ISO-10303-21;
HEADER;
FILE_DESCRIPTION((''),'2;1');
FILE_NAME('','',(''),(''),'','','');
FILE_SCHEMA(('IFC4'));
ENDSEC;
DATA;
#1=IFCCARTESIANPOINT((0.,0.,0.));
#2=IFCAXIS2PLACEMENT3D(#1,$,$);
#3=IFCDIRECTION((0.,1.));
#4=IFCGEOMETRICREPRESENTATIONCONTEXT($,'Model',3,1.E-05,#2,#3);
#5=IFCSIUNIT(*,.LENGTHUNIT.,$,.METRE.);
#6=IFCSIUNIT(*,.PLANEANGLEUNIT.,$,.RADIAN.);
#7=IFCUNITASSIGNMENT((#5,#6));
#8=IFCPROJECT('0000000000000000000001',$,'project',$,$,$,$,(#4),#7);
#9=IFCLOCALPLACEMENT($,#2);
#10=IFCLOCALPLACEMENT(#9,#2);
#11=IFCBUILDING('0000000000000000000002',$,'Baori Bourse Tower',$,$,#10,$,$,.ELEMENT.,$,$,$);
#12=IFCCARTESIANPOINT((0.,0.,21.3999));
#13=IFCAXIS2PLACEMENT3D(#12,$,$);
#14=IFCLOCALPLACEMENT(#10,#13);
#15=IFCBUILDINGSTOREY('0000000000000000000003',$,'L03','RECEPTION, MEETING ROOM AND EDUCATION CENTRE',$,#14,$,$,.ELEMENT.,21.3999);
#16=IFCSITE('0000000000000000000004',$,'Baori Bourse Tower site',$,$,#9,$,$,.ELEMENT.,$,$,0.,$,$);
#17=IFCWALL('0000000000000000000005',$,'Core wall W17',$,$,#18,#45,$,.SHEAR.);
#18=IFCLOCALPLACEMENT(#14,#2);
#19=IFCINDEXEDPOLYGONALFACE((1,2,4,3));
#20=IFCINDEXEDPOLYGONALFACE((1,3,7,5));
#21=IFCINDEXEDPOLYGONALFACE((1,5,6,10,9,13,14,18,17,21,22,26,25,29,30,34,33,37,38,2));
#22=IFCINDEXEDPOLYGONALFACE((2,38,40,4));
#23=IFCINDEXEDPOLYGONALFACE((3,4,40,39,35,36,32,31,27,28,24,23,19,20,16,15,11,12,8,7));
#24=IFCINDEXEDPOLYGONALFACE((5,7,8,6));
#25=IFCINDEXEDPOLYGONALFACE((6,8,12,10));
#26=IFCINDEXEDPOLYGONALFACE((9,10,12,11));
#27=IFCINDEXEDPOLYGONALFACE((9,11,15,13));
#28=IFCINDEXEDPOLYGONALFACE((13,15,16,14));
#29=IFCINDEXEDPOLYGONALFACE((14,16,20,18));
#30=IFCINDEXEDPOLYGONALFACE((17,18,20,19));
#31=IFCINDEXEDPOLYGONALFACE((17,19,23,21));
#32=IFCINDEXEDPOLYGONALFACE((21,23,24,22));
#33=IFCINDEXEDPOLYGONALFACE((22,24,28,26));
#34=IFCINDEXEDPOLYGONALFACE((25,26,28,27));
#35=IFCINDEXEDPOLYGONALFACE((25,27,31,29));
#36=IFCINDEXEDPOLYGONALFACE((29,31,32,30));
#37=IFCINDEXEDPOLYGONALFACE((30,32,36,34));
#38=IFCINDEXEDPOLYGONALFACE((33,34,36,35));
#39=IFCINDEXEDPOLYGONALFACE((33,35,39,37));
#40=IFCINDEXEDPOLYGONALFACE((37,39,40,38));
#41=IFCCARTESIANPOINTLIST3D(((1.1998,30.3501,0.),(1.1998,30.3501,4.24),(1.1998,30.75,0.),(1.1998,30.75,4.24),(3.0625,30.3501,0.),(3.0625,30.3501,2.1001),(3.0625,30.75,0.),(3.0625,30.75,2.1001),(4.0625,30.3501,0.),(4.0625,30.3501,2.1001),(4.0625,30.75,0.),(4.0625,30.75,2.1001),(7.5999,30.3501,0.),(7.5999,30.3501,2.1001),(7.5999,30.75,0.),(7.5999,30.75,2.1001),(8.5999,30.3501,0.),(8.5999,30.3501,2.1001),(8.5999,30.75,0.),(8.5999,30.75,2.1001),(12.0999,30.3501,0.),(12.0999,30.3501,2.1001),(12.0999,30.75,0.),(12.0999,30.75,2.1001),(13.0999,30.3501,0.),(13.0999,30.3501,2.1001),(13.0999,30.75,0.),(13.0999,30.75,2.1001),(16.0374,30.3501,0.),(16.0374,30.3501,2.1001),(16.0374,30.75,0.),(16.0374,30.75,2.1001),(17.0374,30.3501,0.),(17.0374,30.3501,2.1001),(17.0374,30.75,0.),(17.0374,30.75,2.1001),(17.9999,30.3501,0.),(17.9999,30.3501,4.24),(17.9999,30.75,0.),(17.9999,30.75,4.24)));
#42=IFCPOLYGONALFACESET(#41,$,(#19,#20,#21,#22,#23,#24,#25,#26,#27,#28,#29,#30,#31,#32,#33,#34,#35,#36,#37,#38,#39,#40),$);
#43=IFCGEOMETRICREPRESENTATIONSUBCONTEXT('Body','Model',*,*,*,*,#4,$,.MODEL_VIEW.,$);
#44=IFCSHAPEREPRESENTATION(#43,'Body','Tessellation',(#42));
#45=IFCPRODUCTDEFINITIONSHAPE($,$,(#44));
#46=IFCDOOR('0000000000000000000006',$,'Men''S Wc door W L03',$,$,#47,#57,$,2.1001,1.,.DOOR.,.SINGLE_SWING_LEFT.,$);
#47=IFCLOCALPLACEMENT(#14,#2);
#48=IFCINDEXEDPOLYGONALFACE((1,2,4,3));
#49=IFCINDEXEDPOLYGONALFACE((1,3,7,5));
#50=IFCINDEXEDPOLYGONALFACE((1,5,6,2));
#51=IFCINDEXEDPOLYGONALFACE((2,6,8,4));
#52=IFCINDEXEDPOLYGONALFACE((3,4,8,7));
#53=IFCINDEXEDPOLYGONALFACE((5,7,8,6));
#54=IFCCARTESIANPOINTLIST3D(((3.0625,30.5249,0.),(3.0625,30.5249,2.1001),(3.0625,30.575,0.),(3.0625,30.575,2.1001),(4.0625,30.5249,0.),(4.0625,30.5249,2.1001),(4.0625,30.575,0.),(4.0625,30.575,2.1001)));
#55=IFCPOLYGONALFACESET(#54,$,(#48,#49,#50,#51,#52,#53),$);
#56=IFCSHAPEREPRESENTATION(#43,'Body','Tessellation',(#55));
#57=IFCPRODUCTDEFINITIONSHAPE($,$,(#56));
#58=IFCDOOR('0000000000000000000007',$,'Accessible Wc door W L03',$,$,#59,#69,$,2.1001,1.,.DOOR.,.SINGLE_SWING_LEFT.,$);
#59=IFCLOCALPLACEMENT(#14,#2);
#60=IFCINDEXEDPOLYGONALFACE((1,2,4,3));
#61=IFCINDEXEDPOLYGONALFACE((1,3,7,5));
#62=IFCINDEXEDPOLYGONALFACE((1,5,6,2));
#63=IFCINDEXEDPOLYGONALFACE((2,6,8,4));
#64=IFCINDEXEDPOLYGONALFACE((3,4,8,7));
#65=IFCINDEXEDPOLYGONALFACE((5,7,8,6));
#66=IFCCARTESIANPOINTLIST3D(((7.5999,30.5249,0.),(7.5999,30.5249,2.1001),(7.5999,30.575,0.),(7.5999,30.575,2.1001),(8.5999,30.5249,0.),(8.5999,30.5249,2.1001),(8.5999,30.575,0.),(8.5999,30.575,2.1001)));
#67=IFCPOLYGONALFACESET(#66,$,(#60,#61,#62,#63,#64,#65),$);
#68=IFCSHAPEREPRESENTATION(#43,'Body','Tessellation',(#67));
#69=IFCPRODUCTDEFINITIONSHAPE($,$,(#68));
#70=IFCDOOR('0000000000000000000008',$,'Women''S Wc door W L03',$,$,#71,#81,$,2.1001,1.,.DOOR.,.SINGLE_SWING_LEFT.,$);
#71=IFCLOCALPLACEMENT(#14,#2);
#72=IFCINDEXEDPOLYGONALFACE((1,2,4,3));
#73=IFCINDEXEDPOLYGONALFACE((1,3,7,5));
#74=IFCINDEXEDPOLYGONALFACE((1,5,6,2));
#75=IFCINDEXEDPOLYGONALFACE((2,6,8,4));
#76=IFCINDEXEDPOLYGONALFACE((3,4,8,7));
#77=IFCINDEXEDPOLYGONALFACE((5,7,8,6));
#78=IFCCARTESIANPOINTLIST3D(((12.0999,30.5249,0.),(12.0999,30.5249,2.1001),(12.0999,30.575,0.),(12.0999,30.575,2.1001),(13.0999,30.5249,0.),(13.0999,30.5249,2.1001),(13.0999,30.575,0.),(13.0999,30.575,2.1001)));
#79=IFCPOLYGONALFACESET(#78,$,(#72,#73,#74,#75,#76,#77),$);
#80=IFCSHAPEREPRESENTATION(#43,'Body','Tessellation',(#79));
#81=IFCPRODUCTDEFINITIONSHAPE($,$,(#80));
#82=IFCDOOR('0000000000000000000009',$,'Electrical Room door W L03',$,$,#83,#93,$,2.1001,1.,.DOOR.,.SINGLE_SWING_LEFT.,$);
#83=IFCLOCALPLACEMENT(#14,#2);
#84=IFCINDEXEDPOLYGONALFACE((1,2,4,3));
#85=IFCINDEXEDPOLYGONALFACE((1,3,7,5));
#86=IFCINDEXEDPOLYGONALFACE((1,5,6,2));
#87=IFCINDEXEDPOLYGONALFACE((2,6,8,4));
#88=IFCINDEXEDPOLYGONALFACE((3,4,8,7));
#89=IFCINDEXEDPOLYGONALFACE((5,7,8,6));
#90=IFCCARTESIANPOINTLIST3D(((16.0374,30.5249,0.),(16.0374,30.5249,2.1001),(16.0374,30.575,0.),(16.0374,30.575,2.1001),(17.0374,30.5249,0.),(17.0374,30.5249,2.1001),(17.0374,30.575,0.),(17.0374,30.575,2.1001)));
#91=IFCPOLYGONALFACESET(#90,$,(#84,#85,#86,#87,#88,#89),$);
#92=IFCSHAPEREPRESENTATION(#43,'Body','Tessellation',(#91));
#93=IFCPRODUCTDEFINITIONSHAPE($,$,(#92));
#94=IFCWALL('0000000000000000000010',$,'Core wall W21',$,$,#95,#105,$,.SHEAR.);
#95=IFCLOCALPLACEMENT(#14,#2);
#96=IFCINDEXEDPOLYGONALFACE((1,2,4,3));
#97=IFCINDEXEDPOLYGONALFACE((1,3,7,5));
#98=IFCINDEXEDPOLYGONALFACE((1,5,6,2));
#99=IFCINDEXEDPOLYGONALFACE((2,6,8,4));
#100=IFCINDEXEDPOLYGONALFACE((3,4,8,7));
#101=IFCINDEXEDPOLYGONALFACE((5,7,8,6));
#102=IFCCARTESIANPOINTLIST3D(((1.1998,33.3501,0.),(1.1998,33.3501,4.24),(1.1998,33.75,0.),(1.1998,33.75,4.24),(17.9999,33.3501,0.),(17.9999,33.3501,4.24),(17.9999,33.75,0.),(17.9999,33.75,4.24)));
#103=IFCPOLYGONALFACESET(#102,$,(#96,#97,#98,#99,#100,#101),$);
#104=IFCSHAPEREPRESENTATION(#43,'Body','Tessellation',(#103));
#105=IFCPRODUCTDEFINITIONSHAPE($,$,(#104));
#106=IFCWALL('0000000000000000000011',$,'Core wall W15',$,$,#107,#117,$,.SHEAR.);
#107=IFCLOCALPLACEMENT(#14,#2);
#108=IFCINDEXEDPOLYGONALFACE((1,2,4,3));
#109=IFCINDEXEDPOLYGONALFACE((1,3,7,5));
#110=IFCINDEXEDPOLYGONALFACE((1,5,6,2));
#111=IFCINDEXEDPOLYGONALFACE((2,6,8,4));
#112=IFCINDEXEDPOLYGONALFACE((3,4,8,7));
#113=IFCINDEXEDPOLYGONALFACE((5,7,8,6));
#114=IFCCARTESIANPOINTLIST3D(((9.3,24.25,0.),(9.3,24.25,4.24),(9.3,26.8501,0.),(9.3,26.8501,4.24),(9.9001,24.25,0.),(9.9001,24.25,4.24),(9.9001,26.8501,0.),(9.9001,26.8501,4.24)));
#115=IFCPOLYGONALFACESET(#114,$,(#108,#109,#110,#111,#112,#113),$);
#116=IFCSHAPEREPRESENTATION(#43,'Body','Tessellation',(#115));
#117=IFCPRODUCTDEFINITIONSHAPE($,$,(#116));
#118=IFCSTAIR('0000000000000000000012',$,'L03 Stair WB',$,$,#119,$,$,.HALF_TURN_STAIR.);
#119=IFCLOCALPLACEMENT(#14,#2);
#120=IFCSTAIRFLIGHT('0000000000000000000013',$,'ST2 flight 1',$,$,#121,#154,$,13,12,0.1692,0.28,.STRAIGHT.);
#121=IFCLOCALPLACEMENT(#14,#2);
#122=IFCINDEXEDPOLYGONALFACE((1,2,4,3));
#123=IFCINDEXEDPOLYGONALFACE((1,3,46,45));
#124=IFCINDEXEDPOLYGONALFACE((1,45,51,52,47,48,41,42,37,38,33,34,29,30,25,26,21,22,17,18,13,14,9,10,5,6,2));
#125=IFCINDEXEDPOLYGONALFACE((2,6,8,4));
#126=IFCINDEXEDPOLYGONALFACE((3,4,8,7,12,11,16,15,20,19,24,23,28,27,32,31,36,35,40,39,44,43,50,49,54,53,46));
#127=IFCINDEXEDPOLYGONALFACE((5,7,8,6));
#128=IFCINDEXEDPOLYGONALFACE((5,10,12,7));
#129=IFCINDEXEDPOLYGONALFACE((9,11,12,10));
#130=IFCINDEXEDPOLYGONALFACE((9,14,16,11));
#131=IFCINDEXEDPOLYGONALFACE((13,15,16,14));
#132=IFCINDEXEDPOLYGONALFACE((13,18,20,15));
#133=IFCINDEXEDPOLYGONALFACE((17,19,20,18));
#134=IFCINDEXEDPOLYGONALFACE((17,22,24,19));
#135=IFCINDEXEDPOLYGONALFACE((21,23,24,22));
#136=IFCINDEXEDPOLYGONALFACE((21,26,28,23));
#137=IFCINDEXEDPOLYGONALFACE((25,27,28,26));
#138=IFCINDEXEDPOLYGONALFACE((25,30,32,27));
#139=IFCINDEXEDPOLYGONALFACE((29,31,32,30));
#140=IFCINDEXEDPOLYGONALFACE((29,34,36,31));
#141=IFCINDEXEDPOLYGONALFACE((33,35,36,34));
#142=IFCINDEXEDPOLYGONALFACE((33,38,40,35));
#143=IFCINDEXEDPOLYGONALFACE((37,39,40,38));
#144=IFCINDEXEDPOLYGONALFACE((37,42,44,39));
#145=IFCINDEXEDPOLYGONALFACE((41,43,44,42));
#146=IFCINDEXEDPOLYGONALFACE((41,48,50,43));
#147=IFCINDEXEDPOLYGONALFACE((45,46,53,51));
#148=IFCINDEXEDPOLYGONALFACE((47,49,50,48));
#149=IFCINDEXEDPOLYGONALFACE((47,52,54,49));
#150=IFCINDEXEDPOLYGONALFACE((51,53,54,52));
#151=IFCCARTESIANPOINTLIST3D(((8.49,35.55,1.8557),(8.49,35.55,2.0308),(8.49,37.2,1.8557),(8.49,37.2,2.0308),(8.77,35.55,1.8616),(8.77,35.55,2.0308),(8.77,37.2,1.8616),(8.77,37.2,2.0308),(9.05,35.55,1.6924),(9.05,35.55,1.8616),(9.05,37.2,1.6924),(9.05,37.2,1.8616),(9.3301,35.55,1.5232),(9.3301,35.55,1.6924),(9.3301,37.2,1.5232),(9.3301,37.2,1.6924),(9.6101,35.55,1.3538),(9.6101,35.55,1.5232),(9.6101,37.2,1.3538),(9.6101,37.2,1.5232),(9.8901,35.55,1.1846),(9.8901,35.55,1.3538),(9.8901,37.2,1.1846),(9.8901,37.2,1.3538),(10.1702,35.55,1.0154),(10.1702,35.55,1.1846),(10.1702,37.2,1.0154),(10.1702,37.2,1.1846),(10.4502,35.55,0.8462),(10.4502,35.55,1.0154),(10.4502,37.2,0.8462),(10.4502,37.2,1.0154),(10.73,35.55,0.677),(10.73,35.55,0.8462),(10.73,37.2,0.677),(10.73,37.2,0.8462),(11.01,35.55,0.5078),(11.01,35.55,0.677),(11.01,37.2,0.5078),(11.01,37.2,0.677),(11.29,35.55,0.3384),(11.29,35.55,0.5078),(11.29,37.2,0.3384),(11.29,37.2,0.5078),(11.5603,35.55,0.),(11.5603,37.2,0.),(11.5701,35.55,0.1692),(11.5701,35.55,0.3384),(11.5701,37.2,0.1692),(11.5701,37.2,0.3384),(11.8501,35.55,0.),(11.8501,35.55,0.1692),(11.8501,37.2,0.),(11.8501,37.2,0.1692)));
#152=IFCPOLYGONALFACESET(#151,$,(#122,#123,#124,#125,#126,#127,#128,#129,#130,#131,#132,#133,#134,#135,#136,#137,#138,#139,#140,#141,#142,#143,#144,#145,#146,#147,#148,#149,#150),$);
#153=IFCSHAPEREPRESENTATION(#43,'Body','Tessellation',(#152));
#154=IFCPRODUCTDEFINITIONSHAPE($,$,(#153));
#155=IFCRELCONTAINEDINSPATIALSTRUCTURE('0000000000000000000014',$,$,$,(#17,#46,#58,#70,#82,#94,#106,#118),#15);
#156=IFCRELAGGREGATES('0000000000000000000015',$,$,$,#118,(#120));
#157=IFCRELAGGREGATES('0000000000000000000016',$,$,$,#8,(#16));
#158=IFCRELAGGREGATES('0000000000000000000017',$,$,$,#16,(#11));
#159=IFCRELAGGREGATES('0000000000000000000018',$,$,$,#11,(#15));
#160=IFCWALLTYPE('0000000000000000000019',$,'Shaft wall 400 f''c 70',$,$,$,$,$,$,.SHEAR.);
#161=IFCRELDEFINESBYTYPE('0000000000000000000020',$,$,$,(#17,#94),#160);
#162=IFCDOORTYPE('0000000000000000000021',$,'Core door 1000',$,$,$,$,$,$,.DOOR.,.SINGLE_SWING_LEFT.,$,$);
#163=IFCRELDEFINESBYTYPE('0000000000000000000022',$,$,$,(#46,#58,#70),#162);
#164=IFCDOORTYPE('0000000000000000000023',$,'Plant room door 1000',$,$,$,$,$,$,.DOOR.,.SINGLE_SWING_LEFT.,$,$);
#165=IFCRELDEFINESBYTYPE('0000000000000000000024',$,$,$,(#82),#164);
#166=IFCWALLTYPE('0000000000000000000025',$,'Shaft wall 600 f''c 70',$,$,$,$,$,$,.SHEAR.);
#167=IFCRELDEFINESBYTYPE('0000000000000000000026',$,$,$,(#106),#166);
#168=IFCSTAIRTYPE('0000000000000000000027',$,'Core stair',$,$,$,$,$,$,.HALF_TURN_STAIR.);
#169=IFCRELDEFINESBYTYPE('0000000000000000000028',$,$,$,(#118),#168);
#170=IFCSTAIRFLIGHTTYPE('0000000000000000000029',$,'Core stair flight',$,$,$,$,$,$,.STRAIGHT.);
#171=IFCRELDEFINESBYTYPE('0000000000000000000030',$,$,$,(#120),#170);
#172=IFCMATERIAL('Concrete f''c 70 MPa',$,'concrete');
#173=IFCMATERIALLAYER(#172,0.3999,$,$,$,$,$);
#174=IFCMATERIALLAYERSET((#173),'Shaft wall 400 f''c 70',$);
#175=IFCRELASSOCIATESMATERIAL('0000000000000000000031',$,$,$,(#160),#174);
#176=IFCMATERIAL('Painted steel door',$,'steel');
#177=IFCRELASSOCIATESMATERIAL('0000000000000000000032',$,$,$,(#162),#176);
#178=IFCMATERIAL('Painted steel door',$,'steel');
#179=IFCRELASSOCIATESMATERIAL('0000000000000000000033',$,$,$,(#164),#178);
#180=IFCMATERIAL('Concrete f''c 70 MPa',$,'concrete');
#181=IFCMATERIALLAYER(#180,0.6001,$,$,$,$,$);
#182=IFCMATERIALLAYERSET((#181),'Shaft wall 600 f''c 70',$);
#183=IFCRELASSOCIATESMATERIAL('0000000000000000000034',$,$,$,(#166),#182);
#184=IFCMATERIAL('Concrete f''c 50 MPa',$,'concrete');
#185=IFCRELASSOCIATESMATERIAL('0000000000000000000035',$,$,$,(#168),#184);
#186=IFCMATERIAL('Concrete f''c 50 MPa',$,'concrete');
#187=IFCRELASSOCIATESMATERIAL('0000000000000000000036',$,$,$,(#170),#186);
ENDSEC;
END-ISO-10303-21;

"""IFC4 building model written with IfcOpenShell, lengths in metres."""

from ifc_helpers import new_model, si_unit, direction, frame, frame_2d, origin, place, context, subcontext, project, spatial, polyline, rectangle, outline, extrude, material, layer, layer_set, type_object, element, fill, aggregate, save


model = new_model("IFC4")

# Units and contexts
model_context = context("Model", 3, precision=1e-05, world=origin(), true_north=direction((0.0, 1.0)))
body_context = subcontext(model_context, "Body", "Model", "MODEL_VIEW")
ifc_project = project(units=[si_unit("LENGTHUNIT", "METRE"), si_unit("PLANEANGLEUNIT", "RADIAN")], contexts=[model_context])

# Site, building, storey
site_placement = place(None, origin())
site = spatial("IfcSite", under=ifc_project, at=site_placement, Name="Baori Bourse Tower site", CompositionType="ELEMENT", RefElevation=0.0)
building_placement = place(site_placement, origin())
building = spatial("IfcBuilding", under=site, at=building_placement, Name="Baori Bourse Tower", CompositionType="ELEMENT")
storey_placement = place(building_placement, frame((0.0, 0.0, 21.3999)))
storey = spatial("IfcBuildingStorey", under=building, at=storey_placement, Name="L03", Description="RECEPTION, MEETING ROOM AND EDUCATION CENTRE", CompositionType="ELEMENT", Elevation=21.3999)

# Shared definitions
ifc_material_1 = material(Name="Concrete f'c 70 MPa", Category="concrete")
ifc_layer_1 = layer(ifc_material_1, 0.3999)
ifc_layer_set_1 = layer_set([ifc_layer_1], Name="Shaft wall 400 f'c 70")
wall_type_1 = type_object("IfcWallType", Name="Shaft wall 400 f'c 70", PredefinedType="SHEAR", material=ifc_layer_set_1)

# Wall, openings, doors
wall_1_placement = place(storey_placement, frame((1.2, 30.55, 0.0), z_axis=(0.0, 0.0, 1.0), x_axis=(1.0, 0.0, 0.0)))
wall_1 = element("IfcWall", 1, at=wall_1_placement, inside=storey, type_object=wall_type_1, Name="Core wall W17", PredefinedType="SHEAR", context=body_context, shape_type="SweptSolid", body=[
    extrude(rectangle(XDim=16.8, YDim=0.3999, at=frame_2d((8.3999, 0.0))), origin(), (0.0, 0.0, 1.0), 4.24),
])
opening_1_placement = place(wall_1_placement, frame((1.8625, 0.0, 0.0)))
opening_1 = element("IfcOpeningElement", 2, at=opening_1_placement, cuts=wall_1, PredefinedType="OPENING", context=body_context, shape_type="SweptSolid", body=[
    extrude(rectangle(XDim=1.0, YDim=2.1001, at=frame_2d((0.5, 1.05))), frame((0.0, 0.21, 0.0), z_axis=(0.0, -1.0, 0.0), x_axis=(1.0, 0.0, 0.0)), (0.0, 0.0, 1.0), 0.4199),
])
opening_2_placement = place(wall_1_placement, frame((6.3999, 0.0, 0.0)))
opening_2 = element("IfcOpeningElement", 3, at=opening_2_placement, cuts=wall_1, PredefinedType="OPENING", context=body_context, shape_type="SweptSolid", body=[
    extrude(rectangle(XDim=1.0, YDim=2.1001, at=frame_2d((0.5, 1.05))), frame((0.0, 0.21, 0.0), z_axis=(0.0, -1.0, 0.0), x_axis=(1.0, 0.0, 0.0)), (0.0, 0.0, 1.0), 0.4199),
])
opening_3_placement = place(wall_1_placement, frame((10.8999, 0.0, 0.0)))
opening_3 = element("IfcOpeningElement", 4, at=opening_3_placement, cuts=wall_1, PredefinedType="OPENING", context=body_context, shape_type="SweptSolid", body=[
    extrude(rectangle(XDim=1.0, YDim=2.1001, at=frame_2d((0.5, 1.05))), frame((0.0, 0.21, 0.0), z_axis=(0.0, -1.0, 0.0), x_axis=(1.0, 0.0, 0.0)), (0.0, 0.0, 1.0), 0.4199),
])
opening_4_placement = place(wall_1_placement, frame((14.8374, 0.0, 0.0)))
opening_4 = element("IfcOpeningElement", 5, at=opening_4_placement, cuts=wall_1, PredefinedType="OPENING", context=body_context, shape_type="SweptSolid", body=[
    extrude(rectangle(XDim=1.0, YDim=2.1001, at=frame_2d((0.5, 1.05))), frame((0.0, 0.21, 0.0), z_axis=(0.0, -1.0, 0.0), x_axis=(1.0, 0.0, 0.0)), (0.0, 0.0, 1.0), 0.4199),
])
ifc_material_2 = material(Name="Painted steel door", Category="steel")
door_type_1 = type_object("IfcDoorType", Name="Core door 1000", OperationType="SINGLE_SWING_LEFT", PredefinedType="DOOR", material=ifc_material_2)
door_1_placement = place(opening_1_placement, origin())
door_1 = element("IfcDoor", 6, at=door_1_placement, inside=storey, type_object=door_type_1, Name="Men'S Wc door W L03", OperationType="SINGLE_SWING_LEFT", OverallHeight=2.1001, OverallWidth=1.0, PredefinedType="DOOR", context=body_context, shape_type="SweptSolid", body=[
    extrude(rectangle(XDim=1.0, YDim=2.1001, at=frame_2d((0.5, 1.05))), frame((0.0, 0.0249, 0.0), z_axis=(0.0, -1.0, 0.0), x_axis=(1.0, 0.0, 0.0)), (0.0, 0.0, 1.0), 0.05),
])
fill(opening_1, door_1)
door_2_placement = place(opening_2_placement, origin())
door_2 = element("IfcDoor", 7, at=door_2_placement, inside=storey, type_object=door_type_1, Name="Accessible Wc door W L03", OperationType="SINGLE_SWING_LEFT", OverallHeight=2.1001, OverallWidth=1.0, PredefinedType="DOOR", context=body_context, shape_type="SweptSolid", body=[
    extrude(rectangle(XDim=1.0, YDim=2.1001, at=frame_2d((0.5, 1.05))), frame((0.0, 0.0249, 0.0), z_axis=(0.0, -1.0, 0.0), x_axis=(1.0, 0.0, 0.0)), (0.0, 0.0, 1.0), 0.05),
])
fill(opening_2, door_2)
door_3_placement = place(opening_3_placement, origin())
door_3 = element("IfcDoor", 8, at=door_3_placement, inside=storey, type_object=door_type_1, Name="Women'S Wc door W L03", OperationType="SINGLE_SWING_LEFT", OverallHeight=2.1001, OverallWidth=1.0, PredefinedType="DOOR", context=body_context, shape_type="SweptSolid", body=[
    extrude(rectangle(XDim=1.0, YDim=2.1001, at=frame_2d((0.5, 1.05))), frame((0.0, 0.0249, 0.0), z_axis=(0.0, -1.0, 0.0), x_axis=(1.0, 0.0, 0.0)), (0.0, 0.0, 1.0), 0.05),
])
fill(opening_3, door_3)
ifc_material_3 = material(Name="Painted steel door", Category="steel")
door_type_2 = type_object("IfcDoorType", Name="Plant room door 1000", OperationType="SINGLE_SWING_LEFT", PredefinedType="DOOR", material=ifc_material_3)
door_4_placement = place(opening_4_placement, origin())
door_4 = element("IfcDoor", 9, at=door_4_placement, inside=storey, type_object=door_type_2, Name="Electrical Room door W L03", OperationType="SINGLE_SWING_LEFT", OverallHeight=2.1001, OverallWidth=1.0, PredefinedType="DOOR", context=body_context, shape_type="SweptSolid", body=[
    extrude(rectangle(XDim=1.0, YDim=2.1001, at=frame_2d((0.5, 1.05))), frame((0.0, 0.0249, 0.0), z_axis=(0.0, -1.0, 0.0), x_axis=(1.0, 0.0, 0.0)), (0.0, 0.0, 1.0), 0.05),
])
fill(opening_4, door_4)

# Walls
wall_2_placement = place(storey_placement, frame((1.2, 33.55, 0.0), z_axis=(0.0, 0.0, 1.0), x_axis=(1.0, 0.0, 0.0)))
element("IfcWall", 10, at=wall_2_placement, inside=storey, type_object=wall_type_1, Name="Core wall W21", PredefinedType="SHEAR", context=body_context, shape_type="SweptSolid", body=[
    extrude(rectangle(XDim=16.8, YDim=0.3999, at=frame_2d((8.3999, 0.0))), origin(), (0.0, 0.0, 1.0), 4.24),
])
ifc_material_4 = material(Name="Concrete f'c 70 MPa", Category="concrete")
ifc_layer_2 = layer(ifc_material_4, 0.6001)
ifc_layer_set_2 = layer_set([ifc_layer_2], Name="Shaft wall 600 f'c 70")
wall_type_2 = type_object("IfcWallType", Name="Shaft wall 600 f'c 70", PredefinedType="SHEAR", material=ifc_layer_set_2)
wall_3_placement = place(storey_placement, frame((9.6001, 24.25, 0.0), z_axis=(0.0, 0.0, 1.0), x_axis=(0.0, 1.0, 0.0)))
element("IfcWall", 11, at=wall_3_placement, inside=storey, type_object=wall_type_2, Name="Core wall W15", PredefinedType="SHEAR", context=body_context, shape_type="SweptSolid", body=[
    extrude(rectangle(XDim=2.6001, YDim=0.6001, at=frame_2d((1.3, 0.0))), origin(), (0.0, 0.0, 1.0), 4.24),
])

# Stair, stair flight
ifc_material_5 = material(Name="Concrete f'c 50 MPa", Category="concrete")
stair_type = type_object("IfcStairType", Name="Core stair", PredefinedType="HALF_TURN_STAIR", material=ifc_material_5)
stair_placement = place(storey_placement, origin())
stair = element("IfcStair", 12, at=stair_placement, inside=storey, type_object=stair_type, Name="L03 Stair WB", PredefinedType="HALF_TURN_STAIR")
ifc_material_6 = material(Name="Concrete f'c 50 MPa", Category="concrete")
stair_flight_type = type_object("IfcStairFlightType", Name="Core stair flight", PredefinedType="STRAIGHT", material=ifc_material_6)
stair_flight_1_placement = place(storey_placement, frame((11.8501, 36.375, 0.0), z_axis=(0.0, 0.0, 1.0), x_axis=(-1.0, 0.0, 0.0)))
stair_flight_1 = element("IfcStairFlight", 13, at=stair_flight_1_placement, type_object=stair_flight_type, Name="ST2 flight 1", NumberOfRisers=13, NumberOfTreads=12, PredefinedType="STRAIGHT", RiserHeight=0.1692, TreadLength=0.28, context=body_context, shape_type="SweptSolid", body=[
    extrude(outline(polyline([(0.0, 0.0), (0.0, 0.1692), (0.28, 0.1692), (0.28, 0.3384), (0.5601, 0.3384), (0.5601, 0.5078), (0.8401, 0.5078), (0.8401, 0.677), (1.1201, 0.677), (1.1201, 0.8462), (1.3999, 0.8462), (1.3999, 1.0154), (1.6799, 1.0154), (1.6799, 1.1846), (1.96, 1.1846), (1.96, 1.3538), (2.24, 1.3538), (2.24, 1.5232), (2.52, 1.5232), (2.52, 1.6924), (2.8, 1.6924), (2.8, 1.8616), (3.0801, 1.8616), (3.0801, 2.0308), (3.3601, 2.0308), (3.3601, 2.2), (3.3601, 1.8557), (0.2898, 0.0), (0.0, 0.0)])), frame((0.0, 0.825, 0.0), z_axis=(0.0, -1.0, 0.0), x_axis=(1.0, 0.0, 0.0)), (0.0, 0.0, 1.0), 1.6499),
])
aggregate(stair, [stair_flight_1])

save(model, "model.ifc")
